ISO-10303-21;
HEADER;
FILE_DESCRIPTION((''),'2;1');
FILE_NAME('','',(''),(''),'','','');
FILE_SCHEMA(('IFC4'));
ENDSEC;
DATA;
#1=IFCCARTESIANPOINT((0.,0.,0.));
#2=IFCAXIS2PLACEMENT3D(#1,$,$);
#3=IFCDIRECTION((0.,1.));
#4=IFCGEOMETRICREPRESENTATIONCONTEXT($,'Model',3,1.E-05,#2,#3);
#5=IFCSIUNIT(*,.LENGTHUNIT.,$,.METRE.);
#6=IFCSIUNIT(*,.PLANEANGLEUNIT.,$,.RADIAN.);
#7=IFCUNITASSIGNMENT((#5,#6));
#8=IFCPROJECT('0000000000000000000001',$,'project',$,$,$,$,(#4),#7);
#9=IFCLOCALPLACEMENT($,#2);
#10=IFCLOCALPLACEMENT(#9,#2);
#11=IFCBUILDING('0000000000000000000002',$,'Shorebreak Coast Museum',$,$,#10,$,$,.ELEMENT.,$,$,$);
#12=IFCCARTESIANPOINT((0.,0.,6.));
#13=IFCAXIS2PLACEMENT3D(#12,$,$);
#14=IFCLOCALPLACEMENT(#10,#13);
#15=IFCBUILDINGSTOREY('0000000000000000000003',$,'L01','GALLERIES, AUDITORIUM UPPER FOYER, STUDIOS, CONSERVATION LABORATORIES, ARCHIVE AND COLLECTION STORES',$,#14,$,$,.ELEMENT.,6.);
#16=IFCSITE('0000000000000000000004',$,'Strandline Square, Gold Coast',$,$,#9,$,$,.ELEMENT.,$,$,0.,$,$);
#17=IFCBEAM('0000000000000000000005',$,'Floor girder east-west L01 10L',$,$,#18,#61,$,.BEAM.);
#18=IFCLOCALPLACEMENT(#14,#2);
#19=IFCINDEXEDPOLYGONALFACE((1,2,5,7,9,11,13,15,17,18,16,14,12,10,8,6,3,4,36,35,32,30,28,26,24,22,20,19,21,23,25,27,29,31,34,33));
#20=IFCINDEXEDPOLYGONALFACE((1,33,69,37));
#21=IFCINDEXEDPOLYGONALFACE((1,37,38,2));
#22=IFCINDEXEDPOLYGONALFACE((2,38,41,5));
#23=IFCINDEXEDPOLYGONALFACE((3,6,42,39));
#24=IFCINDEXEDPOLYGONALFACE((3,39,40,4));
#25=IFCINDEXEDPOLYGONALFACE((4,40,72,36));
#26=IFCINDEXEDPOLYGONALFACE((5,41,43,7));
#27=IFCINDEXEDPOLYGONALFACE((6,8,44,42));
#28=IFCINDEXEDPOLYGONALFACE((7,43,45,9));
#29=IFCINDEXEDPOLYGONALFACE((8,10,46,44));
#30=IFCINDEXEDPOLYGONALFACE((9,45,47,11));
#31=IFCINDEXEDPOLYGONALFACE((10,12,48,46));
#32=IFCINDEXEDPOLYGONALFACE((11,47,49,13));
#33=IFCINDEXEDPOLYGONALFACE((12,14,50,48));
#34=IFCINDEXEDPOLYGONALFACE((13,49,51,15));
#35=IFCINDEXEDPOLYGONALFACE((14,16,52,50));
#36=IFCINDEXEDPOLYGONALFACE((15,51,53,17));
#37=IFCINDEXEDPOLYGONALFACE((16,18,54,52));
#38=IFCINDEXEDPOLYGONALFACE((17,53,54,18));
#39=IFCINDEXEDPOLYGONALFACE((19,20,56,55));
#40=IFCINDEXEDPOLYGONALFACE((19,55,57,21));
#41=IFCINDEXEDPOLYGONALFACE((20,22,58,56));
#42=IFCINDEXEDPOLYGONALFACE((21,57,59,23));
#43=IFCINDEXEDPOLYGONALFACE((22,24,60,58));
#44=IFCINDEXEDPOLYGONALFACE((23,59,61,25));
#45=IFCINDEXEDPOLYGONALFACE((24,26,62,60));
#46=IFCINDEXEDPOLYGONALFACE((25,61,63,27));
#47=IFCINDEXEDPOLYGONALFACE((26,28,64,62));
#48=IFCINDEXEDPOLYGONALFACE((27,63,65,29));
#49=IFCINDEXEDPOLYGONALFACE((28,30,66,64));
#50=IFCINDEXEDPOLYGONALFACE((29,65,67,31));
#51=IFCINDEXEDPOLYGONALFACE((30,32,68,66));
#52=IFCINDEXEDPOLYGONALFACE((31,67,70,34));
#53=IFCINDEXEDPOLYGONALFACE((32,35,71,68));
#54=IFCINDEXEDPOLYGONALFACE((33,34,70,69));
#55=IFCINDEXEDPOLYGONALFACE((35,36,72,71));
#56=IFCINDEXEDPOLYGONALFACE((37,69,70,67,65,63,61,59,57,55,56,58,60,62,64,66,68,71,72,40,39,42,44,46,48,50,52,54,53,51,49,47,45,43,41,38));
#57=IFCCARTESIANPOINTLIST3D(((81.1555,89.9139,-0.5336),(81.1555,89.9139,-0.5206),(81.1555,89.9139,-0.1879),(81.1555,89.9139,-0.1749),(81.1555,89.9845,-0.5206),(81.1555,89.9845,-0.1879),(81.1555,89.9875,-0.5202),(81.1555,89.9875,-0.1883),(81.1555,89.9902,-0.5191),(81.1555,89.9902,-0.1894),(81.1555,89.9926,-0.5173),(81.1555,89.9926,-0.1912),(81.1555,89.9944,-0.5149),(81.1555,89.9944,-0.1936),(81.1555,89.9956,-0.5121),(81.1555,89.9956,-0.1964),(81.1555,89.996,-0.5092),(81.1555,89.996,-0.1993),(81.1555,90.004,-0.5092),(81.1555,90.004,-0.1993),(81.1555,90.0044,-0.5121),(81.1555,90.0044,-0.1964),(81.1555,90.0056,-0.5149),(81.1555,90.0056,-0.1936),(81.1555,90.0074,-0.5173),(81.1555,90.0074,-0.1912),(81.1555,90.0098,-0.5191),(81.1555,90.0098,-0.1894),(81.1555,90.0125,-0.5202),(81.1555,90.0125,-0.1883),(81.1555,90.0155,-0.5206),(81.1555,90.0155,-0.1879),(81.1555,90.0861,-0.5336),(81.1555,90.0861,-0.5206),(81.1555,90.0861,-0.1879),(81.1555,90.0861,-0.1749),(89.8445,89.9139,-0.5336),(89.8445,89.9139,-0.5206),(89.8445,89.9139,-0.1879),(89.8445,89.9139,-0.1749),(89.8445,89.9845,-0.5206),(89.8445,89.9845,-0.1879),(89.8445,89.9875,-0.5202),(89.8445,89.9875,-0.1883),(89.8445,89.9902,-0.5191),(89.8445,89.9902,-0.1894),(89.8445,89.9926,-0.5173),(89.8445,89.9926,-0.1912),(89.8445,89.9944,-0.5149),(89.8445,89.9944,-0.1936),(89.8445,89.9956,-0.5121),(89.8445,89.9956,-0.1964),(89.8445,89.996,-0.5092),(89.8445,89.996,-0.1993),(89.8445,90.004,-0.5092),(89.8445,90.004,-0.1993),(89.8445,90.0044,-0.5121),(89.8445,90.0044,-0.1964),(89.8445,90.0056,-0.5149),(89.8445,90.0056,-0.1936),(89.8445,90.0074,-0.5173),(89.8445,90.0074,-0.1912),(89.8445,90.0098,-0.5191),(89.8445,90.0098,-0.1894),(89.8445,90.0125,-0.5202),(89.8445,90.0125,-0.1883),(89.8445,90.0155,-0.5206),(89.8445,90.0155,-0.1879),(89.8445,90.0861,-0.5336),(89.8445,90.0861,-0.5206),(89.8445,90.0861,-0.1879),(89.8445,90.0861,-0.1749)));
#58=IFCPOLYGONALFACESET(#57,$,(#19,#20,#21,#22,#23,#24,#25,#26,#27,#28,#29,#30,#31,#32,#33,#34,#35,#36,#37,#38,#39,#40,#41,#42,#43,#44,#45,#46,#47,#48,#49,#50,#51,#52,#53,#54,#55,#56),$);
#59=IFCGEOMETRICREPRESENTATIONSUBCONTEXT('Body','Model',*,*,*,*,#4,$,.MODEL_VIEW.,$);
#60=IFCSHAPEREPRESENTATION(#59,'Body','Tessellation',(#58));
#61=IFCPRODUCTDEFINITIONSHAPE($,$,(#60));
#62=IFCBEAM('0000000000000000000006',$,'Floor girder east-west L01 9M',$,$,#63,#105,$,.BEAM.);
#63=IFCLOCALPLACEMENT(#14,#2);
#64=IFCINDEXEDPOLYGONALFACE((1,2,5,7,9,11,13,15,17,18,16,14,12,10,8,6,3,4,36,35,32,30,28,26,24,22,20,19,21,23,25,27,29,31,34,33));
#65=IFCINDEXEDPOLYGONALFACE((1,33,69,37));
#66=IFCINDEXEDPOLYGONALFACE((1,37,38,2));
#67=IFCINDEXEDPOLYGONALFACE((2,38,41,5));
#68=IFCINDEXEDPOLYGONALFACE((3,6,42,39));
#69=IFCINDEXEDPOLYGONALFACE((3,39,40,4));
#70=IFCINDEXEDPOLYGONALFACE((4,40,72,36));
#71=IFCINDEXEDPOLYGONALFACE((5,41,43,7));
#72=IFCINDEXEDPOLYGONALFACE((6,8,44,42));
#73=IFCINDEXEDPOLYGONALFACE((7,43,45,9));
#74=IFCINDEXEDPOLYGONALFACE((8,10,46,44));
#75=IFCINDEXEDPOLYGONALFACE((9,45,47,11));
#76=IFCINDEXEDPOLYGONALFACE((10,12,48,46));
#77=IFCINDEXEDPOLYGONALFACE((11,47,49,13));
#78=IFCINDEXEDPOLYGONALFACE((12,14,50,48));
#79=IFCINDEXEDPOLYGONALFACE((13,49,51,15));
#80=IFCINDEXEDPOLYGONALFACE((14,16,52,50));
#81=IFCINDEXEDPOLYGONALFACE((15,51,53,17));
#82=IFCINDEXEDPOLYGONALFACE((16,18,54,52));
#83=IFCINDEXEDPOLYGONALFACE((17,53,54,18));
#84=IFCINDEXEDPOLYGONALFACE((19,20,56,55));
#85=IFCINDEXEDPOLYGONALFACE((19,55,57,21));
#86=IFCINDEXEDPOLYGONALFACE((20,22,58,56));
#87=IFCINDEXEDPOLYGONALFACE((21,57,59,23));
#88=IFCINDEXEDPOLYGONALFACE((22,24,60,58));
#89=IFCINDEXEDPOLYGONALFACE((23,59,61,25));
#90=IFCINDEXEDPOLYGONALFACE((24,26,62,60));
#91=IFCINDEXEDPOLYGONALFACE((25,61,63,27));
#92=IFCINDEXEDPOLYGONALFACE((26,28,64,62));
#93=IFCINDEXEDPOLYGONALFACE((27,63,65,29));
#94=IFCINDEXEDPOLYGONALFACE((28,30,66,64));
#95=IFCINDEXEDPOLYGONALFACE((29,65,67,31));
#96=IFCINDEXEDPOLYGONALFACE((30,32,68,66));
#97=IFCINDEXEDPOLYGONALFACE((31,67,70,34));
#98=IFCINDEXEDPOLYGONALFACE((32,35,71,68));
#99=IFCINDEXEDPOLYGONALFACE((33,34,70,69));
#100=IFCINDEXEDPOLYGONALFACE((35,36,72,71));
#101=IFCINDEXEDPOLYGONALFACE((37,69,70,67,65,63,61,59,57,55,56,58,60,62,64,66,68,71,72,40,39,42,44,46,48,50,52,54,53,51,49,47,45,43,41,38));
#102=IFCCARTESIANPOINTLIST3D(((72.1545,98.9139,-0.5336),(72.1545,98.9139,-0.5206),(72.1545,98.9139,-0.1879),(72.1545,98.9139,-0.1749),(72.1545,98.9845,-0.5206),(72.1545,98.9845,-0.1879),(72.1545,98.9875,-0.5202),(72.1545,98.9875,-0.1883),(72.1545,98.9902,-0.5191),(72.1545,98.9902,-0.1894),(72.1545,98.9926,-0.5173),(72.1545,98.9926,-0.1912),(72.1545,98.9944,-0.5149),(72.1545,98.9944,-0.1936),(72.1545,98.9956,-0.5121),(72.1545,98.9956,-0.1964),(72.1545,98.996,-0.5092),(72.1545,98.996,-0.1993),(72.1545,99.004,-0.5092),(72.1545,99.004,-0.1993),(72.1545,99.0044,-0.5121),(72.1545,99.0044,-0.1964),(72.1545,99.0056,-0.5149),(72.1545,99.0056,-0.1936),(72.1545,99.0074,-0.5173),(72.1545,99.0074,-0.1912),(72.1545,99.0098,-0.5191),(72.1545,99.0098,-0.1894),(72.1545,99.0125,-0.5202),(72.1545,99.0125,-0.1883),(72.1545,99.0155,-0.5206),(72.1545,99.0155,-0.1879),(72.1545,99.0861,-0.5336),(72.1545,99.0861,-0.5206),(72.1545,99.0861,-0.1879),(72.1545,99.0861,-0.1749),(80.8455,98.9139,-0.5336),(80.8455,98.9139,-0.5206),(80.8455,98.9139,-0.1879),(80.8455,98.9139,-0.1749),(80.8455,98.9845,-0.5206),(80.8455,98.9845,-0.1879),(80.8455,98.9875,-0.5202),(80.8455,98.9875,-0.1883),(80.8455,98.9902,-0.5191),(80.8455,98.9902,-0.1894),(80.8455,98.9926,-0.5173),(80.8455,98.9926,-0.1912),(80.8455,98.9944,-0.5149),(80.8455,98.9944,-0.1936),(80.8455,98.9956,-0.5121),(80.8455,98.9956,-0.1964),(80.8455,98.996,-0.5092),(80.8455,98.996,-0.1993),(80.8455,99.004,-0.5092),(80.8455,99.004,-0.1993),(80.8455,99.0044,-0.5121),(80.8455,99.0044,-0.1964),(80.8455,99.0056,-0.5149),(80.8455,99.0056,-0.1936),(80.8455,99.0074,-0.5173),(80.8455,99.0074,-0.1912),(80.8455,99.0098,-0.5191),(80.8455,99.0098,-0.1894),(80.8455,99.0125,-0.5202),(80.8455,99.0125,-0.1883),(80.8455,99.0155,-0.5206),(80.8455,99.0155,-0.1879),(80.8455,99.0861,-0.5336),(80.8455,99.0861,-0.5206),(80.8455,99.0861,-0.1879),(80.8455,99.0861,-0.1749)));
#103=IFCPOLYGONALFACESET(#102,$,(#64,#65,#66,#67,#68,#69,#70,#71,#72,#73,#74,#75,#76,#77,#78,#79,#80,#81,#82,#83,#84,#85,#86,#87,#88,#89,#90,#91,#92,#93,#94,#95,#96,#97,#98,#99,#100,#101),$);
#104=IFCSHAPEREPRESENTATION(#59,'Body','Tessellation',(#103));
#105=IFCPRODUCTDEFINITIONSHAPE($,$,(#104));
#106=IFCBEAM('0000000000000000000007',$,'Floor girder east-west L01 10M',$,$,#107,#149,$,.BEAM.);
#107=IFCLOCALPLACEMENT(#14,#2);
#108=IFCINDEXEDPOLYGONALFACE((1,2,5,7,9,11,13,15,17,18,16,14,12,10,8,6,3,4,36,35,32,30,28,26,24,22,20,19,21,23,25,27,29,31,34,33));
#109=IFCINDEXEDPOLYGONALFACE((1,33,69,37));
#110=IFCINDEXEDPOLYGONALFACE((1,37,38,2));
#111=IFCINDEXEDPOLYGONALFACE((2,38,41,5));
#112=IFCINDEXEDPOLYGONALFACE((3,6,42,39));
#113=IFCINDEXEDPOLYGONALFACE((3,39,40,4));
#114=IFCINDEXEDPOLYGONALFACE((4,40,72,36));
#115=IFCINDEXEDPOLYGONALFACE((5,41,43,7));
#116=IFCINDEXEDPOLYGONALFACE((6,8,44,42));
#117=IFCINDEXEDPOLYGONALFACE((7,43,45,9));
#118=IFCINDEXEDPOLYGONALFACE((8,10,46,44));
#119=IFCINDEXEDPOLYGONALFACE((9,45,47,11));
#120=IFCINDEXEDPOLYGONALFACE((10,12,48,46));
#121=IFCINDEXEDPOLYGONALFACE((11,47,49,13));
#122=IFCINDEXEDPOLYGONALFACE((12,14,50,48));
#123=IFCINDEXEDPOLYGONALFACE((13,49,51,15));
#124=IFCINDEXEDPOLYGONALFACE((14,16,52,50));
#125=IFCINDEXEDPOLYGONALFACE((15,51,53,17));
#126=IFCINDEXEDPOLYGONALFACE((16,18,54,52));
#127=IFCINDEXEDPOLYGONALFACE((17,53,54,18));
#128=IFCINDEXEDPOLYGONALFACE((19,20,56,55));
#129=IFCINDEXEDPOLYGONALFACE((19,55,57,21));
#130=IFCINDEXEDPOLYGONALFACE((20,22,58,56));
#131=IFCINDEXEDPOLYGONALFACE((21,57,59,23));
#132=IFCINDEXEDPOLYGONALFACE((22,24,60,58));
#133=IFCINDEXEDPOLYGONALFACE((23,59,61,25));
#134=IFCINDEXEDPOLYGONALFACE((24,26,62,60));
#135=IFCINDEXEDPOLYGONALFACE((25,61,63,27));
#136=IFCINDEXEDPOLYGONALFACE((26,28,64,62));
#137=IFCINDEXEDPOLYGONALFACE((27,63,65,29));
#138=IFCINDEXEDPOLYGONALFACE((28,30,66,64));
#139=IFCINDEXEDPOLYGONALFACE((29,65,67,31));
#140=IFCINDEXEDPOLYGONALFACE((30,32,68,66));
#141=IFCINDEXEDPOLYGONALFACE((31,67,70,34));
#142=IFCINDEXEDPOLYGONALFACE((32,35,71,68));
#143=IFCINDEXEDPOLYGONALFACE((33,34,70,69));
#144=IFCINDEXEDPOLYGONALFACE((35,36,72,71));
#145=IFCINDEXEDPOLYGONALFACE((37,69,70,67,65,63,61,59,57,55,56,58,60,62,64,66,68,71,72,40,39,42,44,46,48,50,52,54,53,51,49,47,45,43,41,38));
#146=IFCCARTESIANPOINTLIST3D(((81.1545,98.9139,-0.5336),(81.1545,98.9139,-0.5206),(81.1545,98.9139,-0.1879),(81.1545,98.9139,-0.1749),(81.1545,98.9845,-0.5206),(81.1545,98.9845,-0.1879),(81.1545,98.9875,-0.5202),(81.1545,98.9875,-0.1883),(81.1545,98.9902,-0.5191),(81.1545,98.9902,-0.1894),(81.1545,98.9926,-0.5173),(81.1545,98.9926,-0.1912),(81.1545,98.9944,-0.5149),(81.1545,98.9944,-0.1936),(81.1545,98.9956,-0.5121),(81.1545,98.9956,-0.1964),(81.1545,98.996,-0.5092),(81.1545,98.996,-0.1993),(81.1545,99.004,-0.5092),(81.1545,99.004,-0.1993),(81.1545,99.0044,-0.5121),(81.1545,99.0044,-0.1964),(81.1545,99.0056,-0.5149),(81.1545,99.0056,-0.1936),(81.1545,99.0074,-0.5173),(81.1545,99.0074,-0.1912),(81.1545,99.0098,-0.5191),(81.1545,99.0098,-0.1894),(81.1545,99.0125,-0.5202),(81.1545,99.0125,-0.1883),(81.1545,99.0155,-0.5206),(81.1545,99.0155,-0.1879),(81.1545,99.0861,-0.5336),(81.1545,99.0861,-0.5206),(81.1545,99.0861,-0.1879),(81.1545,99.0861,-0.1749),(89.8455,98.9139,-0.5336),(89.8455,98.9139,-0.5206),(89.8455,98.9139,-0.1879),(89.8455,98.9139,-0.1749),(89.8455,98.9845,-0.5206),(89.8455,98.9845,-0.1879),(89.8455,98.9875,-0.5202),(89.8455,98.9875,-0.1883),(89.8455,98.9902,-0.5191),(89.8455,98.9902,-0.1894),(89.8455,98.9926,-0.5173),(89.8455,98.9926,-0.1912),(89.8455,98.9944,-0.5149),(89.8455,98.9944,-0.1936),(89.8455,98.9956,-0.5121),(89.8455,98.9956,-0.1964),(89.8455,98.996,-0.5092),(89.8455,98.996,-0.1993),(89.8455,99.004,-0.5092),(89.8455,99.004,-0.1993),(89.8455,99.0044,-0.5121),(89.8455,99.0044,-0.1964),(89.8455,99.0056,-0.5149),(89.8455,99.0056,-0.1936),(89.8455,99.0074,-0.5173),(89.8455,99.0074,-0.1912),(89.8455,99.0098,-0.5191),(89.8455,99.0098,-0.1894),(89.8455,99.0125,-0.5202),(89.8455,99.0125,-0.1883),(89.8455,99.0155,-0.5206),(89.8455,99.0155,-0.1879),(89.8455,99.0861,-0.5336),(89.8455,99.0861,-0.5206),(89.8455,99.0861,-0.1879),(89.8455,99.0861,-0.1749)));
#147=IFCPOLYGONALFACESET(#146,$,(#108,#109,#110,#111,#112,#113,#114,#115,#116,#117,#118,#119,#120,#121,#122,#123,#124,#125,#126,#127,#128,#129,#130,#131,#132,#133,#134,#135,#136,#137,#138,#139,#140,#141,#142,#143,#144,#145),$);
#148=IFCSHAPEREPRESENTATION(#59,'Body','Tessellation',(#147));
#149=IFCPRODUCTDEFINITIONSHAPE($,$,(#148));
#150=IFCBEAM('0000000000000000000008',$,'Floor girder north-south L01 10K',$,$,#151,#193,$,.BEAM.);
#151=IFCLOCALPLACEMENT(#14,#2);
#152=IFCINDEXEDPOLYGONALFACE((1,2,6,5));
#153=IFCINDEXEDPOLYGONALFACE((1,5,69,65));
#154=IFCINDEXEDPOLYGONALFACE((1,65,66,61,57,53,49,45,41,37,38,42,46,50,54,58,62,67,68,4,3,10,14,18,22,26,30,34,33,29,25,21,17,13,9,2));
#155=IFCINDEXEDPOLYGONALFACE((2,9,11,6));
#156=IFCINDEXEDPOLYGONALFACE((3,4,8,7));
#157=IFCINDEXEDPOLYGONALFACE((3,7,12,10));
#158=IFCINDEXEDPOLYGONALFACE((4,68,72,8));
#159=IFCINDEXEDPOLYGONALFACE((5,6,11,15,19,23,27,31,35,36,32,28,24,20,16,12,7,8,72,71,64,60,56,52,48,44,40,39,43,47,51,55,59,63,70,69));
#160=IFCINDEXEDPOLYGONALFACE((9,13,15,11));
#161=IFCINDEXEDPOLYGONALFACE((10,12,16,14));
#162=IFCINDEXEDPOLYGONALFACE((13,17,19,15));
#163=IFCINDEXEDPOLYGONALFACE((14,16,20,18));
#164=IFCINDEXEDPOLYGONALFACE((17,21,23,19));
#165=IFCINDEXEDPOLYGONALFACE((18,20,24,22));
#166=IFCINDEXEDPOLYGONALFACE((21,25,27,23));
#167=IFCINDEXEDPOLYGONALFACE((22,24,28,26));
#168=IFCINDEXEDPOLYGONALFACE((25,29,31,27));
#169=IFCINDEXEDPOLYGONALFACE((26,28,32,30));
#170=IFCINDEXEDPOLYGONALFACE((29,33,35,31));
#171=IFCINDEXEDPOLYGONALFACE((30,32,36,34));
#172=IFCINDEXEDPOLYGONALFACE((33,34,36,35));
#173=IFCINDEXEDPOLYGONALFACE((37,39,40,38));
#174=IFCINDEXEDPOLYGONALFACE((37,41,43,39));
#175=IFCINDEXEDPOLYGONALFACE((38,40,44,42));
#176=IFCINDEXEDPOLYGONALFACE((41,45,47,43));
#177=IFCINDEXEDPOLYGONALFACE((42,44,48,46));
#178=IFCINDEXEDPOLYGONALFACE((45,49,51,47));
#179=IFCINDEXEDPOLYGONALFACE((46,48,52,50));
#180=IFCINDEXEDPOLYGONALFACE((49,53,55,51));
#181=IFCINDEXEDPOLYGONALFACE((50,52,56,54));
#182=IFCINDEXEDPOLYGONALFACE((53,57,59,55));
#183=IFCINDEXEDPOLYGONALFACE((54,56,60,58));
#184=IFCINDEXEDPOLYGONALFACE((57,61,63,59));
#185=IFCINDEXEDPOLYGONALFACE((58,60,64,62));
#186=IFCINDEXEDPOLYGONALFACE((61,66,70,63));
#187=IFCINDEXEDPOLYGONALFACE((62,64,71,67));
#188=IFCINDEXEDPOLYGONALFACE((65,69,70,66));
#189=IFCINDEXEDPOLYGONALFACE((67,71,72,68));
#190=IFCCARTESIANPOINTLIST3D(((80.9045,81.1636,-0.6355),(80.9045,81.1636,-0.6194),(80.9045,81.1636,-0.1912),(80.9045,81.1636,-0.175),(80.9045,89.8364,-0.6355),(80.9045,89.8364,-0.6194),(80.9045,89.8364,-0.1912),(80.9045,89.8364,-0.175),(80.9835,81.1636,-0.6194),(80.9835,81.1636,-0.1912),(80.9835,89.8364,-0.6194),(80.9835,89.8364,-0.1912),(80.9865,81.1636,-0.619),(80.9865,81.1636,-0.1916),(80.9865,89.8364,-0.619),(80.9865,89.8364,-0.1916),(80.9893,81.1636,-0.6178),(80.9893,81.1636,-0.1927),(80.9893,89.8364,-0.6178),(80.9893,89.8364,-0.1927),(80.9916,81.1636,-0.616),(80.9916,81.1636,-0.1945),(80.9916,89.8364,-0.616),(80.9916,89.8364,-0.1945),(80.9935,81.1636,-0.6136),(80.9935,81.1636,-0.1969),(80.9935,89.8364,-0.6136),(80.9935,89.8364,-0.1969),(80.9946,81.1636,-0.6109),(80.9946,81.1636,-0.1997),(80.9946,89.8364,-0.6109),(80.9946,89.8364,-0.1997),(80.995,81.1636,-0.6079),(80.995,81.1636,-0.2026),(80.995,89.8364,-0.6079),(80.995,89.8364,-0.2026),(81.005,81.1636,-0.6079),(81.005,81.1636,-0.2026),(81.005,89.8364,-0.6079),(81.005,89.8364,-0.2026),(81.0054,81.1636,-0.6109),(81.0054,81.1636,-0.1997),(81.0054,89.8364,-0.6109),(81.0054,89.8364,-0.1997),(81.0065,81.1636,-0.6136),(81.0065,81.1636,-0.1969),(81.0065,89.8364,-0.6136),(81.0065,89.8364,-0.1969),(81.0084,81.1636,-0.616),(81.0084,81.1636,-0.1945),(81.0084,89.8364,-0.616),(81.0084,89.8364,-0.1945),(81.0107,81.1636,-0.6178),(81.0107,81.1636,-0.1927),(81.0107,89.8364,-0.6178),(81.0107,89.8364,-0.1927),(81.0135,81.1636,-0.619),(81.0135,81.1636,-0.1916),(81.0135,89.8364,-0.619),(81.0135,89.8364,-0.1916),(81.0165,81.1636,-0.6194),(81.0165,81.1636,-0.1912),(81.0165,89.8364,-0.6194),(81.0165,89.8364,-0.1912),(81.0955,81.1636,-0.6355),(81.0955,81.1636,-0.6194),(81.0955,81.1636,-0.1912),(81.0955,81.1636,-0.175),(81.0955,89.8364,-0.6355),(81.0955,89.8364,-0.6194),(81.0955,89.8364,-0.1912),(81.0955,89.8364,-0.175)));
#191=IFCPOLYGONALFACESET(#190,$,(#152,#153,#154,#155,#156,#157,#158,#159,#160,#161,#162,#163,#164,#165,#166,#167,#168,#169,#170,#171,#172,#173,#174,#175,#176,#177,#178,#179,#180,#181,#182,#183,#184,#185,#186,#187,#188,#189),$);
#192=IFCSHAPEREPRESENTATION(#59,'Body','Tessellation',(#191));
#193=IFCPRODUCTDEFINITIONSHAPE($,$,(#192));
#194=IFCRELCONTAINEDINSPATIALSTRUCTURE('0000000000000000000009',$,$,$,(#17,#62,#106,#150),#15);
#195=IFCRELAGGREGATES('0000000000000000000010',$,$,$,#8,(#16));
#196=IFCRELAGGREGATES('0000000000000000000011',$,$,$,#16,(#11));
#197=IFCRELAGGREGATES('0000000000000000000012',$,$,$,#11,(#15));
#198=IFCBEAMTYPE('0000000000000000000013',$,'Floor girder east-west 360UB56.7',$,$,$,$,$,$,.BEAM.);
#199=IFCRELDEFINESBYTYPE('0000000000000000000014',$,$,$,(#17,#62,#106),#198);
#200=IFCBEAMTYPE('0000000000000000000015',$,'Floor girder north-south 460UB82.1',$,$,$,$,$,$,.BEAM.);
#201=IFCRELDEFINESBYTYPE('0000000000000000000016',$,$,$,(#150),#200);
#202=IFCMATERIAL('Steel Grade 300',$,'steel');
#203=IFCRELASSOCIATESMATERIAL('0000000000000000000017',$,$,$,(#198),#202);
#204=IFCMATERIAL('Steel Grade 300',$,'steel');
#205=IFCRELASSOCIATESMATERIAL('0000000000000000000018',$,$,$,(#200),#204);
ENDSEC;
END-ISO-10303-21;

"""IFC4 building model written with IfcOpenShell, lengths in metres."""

from ifc_helpers import new_model, si_unit, direction, frame, origin, origin_2d, place, context, subcontext, project, spatial, i_section, extrude, material, material_profile, profile_set, type_object, element, save


model = new_model("IFC4")

# Units and contexts
model_context = context("Model", 3, precision=1e-05, world=origin(), true_north=direction((0.0, 1.0)))
body_context = subcontext(model_context, "Body", "Model", "MODEL_VIEW")
ifc_project = project(units=[si_unit("LENGTHUNIT", "METRE"), si_unit("PLANEANGLEUNIT", "RADIAN")], contexts=[model_context])

# Site, building, storey
site_placement = place(None, origin())
site = spatial("IfcSite", under=ifc_project, at=site_placement, Name="Strandline Square, Gold Coast", CompositionType="ELEMENT", RefElevation=0.0)
building_placement = place(site_placement, origin())
building = spatial("IfcBuilding", under=site, at=building_placement, Name="Shorebreak Coast Museum", CompositionType="ELEMENT")
storey_placement = place(building_placement, frame((0.0, 0.0, 6.0)))
storey = spatial("IfcBuildingStorey", under=building, at=storey_placement, Name="L01", Description="GALLERIES, AUDITORIUM UPPER FOYER, STUDIOS, CONSERVATION LABORATORIES, ARCHIVE AND COLLECTION STORES", CompositionType="ELEMENT", Elevation=6.0)

# Beams
ifc_material_1 = material(Name="Steel Grade 300", Category="steel")
ifc_material_profile_1 = material_profile(ifc_material_1, i_section(OverallWidth=0.1721, OverallDepth=0.3586, WebThickness=0.0081, FlangeThickness=0.0129, FilletRadius=0.0115, at=origin_2d()), Name="360UB56.7")
ifc_profile_set_1 = profile_set([ifc_material_profile_1], Name="Steel Grade 300")
beam_type_1 = type_object("IfcBeamType", Name="Floor girder east-west 360UB56.7", PredefinedType="BEAM", material=ifc_profile_set_1)
for number, where, z_axis, x_axis, name in (
    (1, (81.1555, 90.0, -0.3542), (1.0, 0.0, 0.0), (0.0, 1.0, 0.0), "Floor girder east-west L01 10L"),
):
    element("IfcBeam", number, at=place(storey_placement, frame(where, z_axis=z_axis, x_axis=x_axis)), inside=storey, type_object=beam_type_1, Name=name, PredefinedType="BEAM", context=body_context, shape_type="SweptSolid", body=[
        extrude(i_section(OverallWidth=0.1721, OverallDepth=0.3586, WebThickness=0.0081, FlangeThickness=0.0129, FilletRadius=0.0115, at=origin_2d()), origin(), (0.0, 0.0, 1.0), 8.689),
    ])
for number, where, z_axis, x_axis, name in (
    (2, (72.1545, 99.0, -0.3542), (1.0, 0.0, 0.0), (0.0, 1.0, 0.0), "Floor girder east-west L01 9M"),
    (3, (81.1545, 99.0, -0.3542), (1.0, 0.0, 0.0), (0.0, 1.0, 0.0), "Floor girder east-west L01 10M"),
):
    element("IfcBeam", number, at=place(storey_placement, frame(where, z_axis=z_axis, x_axis=x_axis)), inside=storey, type_object=beam_type_1, Name=name, PredefinedType="BEAM", context=body_context, shape_type="SweptSolid", body=[
        extrude(i_section(OverallWidth=0.1721, OverallDepth=0.3586, WebThickness=0.0081, FlangeThickness=0.0129, FilletRadius=0.0115, at=origin_2d()), origin(), (0.0, 0.0, 1.0), 8.6909),
    ])
ifc_material_2 = material(Name="Steel Grade 300", Category="steel")
ifc_material_profile_2 = material_profile(ifc_material_2, i_section(OverallWidth=0.1909, OverallDepth=0.4604, WebThickness=0.01, FlangeThickness=0.0161, FilletRadius=0.0115, at=origin_2d()), Name="460UB82.1")
ifc_profile_set_2 = profile_set([ifc_material_profile_2], Name="Steel Grade 300")
beam_type_2 = type_object("IfcBeamType", Name="Floor girder north-south 460UB82.1", PredefinedType="BEAM", material=ifc_profile_set_2)
beam_1_placement = place(storey_placement, frame((81.0, 81.1636, -0.4053), z_axis=(0.0, 1.0, 0.0), x_axis=(-1.0, 0.0, 0.0)))
element("IfcBeam", 4, at=beam_1_placement, inside=storey, type_object=beam_type_2, Name="Floor girder north-south L01 10K", PredefinedType="BEAM", context=body_context, shape_type="SweptSolid", body=[
    extrude(i_section(OverallWidth=0.1909, OverallDepth=0.4604, WebThickness=0.01, FlangeThickness=0.0161, FilletRadius=0.0115, at=origin_2d()), origin(), (0.0, 0.0, 1.0), 8.6729),
])

save(model, "model.ifc")
